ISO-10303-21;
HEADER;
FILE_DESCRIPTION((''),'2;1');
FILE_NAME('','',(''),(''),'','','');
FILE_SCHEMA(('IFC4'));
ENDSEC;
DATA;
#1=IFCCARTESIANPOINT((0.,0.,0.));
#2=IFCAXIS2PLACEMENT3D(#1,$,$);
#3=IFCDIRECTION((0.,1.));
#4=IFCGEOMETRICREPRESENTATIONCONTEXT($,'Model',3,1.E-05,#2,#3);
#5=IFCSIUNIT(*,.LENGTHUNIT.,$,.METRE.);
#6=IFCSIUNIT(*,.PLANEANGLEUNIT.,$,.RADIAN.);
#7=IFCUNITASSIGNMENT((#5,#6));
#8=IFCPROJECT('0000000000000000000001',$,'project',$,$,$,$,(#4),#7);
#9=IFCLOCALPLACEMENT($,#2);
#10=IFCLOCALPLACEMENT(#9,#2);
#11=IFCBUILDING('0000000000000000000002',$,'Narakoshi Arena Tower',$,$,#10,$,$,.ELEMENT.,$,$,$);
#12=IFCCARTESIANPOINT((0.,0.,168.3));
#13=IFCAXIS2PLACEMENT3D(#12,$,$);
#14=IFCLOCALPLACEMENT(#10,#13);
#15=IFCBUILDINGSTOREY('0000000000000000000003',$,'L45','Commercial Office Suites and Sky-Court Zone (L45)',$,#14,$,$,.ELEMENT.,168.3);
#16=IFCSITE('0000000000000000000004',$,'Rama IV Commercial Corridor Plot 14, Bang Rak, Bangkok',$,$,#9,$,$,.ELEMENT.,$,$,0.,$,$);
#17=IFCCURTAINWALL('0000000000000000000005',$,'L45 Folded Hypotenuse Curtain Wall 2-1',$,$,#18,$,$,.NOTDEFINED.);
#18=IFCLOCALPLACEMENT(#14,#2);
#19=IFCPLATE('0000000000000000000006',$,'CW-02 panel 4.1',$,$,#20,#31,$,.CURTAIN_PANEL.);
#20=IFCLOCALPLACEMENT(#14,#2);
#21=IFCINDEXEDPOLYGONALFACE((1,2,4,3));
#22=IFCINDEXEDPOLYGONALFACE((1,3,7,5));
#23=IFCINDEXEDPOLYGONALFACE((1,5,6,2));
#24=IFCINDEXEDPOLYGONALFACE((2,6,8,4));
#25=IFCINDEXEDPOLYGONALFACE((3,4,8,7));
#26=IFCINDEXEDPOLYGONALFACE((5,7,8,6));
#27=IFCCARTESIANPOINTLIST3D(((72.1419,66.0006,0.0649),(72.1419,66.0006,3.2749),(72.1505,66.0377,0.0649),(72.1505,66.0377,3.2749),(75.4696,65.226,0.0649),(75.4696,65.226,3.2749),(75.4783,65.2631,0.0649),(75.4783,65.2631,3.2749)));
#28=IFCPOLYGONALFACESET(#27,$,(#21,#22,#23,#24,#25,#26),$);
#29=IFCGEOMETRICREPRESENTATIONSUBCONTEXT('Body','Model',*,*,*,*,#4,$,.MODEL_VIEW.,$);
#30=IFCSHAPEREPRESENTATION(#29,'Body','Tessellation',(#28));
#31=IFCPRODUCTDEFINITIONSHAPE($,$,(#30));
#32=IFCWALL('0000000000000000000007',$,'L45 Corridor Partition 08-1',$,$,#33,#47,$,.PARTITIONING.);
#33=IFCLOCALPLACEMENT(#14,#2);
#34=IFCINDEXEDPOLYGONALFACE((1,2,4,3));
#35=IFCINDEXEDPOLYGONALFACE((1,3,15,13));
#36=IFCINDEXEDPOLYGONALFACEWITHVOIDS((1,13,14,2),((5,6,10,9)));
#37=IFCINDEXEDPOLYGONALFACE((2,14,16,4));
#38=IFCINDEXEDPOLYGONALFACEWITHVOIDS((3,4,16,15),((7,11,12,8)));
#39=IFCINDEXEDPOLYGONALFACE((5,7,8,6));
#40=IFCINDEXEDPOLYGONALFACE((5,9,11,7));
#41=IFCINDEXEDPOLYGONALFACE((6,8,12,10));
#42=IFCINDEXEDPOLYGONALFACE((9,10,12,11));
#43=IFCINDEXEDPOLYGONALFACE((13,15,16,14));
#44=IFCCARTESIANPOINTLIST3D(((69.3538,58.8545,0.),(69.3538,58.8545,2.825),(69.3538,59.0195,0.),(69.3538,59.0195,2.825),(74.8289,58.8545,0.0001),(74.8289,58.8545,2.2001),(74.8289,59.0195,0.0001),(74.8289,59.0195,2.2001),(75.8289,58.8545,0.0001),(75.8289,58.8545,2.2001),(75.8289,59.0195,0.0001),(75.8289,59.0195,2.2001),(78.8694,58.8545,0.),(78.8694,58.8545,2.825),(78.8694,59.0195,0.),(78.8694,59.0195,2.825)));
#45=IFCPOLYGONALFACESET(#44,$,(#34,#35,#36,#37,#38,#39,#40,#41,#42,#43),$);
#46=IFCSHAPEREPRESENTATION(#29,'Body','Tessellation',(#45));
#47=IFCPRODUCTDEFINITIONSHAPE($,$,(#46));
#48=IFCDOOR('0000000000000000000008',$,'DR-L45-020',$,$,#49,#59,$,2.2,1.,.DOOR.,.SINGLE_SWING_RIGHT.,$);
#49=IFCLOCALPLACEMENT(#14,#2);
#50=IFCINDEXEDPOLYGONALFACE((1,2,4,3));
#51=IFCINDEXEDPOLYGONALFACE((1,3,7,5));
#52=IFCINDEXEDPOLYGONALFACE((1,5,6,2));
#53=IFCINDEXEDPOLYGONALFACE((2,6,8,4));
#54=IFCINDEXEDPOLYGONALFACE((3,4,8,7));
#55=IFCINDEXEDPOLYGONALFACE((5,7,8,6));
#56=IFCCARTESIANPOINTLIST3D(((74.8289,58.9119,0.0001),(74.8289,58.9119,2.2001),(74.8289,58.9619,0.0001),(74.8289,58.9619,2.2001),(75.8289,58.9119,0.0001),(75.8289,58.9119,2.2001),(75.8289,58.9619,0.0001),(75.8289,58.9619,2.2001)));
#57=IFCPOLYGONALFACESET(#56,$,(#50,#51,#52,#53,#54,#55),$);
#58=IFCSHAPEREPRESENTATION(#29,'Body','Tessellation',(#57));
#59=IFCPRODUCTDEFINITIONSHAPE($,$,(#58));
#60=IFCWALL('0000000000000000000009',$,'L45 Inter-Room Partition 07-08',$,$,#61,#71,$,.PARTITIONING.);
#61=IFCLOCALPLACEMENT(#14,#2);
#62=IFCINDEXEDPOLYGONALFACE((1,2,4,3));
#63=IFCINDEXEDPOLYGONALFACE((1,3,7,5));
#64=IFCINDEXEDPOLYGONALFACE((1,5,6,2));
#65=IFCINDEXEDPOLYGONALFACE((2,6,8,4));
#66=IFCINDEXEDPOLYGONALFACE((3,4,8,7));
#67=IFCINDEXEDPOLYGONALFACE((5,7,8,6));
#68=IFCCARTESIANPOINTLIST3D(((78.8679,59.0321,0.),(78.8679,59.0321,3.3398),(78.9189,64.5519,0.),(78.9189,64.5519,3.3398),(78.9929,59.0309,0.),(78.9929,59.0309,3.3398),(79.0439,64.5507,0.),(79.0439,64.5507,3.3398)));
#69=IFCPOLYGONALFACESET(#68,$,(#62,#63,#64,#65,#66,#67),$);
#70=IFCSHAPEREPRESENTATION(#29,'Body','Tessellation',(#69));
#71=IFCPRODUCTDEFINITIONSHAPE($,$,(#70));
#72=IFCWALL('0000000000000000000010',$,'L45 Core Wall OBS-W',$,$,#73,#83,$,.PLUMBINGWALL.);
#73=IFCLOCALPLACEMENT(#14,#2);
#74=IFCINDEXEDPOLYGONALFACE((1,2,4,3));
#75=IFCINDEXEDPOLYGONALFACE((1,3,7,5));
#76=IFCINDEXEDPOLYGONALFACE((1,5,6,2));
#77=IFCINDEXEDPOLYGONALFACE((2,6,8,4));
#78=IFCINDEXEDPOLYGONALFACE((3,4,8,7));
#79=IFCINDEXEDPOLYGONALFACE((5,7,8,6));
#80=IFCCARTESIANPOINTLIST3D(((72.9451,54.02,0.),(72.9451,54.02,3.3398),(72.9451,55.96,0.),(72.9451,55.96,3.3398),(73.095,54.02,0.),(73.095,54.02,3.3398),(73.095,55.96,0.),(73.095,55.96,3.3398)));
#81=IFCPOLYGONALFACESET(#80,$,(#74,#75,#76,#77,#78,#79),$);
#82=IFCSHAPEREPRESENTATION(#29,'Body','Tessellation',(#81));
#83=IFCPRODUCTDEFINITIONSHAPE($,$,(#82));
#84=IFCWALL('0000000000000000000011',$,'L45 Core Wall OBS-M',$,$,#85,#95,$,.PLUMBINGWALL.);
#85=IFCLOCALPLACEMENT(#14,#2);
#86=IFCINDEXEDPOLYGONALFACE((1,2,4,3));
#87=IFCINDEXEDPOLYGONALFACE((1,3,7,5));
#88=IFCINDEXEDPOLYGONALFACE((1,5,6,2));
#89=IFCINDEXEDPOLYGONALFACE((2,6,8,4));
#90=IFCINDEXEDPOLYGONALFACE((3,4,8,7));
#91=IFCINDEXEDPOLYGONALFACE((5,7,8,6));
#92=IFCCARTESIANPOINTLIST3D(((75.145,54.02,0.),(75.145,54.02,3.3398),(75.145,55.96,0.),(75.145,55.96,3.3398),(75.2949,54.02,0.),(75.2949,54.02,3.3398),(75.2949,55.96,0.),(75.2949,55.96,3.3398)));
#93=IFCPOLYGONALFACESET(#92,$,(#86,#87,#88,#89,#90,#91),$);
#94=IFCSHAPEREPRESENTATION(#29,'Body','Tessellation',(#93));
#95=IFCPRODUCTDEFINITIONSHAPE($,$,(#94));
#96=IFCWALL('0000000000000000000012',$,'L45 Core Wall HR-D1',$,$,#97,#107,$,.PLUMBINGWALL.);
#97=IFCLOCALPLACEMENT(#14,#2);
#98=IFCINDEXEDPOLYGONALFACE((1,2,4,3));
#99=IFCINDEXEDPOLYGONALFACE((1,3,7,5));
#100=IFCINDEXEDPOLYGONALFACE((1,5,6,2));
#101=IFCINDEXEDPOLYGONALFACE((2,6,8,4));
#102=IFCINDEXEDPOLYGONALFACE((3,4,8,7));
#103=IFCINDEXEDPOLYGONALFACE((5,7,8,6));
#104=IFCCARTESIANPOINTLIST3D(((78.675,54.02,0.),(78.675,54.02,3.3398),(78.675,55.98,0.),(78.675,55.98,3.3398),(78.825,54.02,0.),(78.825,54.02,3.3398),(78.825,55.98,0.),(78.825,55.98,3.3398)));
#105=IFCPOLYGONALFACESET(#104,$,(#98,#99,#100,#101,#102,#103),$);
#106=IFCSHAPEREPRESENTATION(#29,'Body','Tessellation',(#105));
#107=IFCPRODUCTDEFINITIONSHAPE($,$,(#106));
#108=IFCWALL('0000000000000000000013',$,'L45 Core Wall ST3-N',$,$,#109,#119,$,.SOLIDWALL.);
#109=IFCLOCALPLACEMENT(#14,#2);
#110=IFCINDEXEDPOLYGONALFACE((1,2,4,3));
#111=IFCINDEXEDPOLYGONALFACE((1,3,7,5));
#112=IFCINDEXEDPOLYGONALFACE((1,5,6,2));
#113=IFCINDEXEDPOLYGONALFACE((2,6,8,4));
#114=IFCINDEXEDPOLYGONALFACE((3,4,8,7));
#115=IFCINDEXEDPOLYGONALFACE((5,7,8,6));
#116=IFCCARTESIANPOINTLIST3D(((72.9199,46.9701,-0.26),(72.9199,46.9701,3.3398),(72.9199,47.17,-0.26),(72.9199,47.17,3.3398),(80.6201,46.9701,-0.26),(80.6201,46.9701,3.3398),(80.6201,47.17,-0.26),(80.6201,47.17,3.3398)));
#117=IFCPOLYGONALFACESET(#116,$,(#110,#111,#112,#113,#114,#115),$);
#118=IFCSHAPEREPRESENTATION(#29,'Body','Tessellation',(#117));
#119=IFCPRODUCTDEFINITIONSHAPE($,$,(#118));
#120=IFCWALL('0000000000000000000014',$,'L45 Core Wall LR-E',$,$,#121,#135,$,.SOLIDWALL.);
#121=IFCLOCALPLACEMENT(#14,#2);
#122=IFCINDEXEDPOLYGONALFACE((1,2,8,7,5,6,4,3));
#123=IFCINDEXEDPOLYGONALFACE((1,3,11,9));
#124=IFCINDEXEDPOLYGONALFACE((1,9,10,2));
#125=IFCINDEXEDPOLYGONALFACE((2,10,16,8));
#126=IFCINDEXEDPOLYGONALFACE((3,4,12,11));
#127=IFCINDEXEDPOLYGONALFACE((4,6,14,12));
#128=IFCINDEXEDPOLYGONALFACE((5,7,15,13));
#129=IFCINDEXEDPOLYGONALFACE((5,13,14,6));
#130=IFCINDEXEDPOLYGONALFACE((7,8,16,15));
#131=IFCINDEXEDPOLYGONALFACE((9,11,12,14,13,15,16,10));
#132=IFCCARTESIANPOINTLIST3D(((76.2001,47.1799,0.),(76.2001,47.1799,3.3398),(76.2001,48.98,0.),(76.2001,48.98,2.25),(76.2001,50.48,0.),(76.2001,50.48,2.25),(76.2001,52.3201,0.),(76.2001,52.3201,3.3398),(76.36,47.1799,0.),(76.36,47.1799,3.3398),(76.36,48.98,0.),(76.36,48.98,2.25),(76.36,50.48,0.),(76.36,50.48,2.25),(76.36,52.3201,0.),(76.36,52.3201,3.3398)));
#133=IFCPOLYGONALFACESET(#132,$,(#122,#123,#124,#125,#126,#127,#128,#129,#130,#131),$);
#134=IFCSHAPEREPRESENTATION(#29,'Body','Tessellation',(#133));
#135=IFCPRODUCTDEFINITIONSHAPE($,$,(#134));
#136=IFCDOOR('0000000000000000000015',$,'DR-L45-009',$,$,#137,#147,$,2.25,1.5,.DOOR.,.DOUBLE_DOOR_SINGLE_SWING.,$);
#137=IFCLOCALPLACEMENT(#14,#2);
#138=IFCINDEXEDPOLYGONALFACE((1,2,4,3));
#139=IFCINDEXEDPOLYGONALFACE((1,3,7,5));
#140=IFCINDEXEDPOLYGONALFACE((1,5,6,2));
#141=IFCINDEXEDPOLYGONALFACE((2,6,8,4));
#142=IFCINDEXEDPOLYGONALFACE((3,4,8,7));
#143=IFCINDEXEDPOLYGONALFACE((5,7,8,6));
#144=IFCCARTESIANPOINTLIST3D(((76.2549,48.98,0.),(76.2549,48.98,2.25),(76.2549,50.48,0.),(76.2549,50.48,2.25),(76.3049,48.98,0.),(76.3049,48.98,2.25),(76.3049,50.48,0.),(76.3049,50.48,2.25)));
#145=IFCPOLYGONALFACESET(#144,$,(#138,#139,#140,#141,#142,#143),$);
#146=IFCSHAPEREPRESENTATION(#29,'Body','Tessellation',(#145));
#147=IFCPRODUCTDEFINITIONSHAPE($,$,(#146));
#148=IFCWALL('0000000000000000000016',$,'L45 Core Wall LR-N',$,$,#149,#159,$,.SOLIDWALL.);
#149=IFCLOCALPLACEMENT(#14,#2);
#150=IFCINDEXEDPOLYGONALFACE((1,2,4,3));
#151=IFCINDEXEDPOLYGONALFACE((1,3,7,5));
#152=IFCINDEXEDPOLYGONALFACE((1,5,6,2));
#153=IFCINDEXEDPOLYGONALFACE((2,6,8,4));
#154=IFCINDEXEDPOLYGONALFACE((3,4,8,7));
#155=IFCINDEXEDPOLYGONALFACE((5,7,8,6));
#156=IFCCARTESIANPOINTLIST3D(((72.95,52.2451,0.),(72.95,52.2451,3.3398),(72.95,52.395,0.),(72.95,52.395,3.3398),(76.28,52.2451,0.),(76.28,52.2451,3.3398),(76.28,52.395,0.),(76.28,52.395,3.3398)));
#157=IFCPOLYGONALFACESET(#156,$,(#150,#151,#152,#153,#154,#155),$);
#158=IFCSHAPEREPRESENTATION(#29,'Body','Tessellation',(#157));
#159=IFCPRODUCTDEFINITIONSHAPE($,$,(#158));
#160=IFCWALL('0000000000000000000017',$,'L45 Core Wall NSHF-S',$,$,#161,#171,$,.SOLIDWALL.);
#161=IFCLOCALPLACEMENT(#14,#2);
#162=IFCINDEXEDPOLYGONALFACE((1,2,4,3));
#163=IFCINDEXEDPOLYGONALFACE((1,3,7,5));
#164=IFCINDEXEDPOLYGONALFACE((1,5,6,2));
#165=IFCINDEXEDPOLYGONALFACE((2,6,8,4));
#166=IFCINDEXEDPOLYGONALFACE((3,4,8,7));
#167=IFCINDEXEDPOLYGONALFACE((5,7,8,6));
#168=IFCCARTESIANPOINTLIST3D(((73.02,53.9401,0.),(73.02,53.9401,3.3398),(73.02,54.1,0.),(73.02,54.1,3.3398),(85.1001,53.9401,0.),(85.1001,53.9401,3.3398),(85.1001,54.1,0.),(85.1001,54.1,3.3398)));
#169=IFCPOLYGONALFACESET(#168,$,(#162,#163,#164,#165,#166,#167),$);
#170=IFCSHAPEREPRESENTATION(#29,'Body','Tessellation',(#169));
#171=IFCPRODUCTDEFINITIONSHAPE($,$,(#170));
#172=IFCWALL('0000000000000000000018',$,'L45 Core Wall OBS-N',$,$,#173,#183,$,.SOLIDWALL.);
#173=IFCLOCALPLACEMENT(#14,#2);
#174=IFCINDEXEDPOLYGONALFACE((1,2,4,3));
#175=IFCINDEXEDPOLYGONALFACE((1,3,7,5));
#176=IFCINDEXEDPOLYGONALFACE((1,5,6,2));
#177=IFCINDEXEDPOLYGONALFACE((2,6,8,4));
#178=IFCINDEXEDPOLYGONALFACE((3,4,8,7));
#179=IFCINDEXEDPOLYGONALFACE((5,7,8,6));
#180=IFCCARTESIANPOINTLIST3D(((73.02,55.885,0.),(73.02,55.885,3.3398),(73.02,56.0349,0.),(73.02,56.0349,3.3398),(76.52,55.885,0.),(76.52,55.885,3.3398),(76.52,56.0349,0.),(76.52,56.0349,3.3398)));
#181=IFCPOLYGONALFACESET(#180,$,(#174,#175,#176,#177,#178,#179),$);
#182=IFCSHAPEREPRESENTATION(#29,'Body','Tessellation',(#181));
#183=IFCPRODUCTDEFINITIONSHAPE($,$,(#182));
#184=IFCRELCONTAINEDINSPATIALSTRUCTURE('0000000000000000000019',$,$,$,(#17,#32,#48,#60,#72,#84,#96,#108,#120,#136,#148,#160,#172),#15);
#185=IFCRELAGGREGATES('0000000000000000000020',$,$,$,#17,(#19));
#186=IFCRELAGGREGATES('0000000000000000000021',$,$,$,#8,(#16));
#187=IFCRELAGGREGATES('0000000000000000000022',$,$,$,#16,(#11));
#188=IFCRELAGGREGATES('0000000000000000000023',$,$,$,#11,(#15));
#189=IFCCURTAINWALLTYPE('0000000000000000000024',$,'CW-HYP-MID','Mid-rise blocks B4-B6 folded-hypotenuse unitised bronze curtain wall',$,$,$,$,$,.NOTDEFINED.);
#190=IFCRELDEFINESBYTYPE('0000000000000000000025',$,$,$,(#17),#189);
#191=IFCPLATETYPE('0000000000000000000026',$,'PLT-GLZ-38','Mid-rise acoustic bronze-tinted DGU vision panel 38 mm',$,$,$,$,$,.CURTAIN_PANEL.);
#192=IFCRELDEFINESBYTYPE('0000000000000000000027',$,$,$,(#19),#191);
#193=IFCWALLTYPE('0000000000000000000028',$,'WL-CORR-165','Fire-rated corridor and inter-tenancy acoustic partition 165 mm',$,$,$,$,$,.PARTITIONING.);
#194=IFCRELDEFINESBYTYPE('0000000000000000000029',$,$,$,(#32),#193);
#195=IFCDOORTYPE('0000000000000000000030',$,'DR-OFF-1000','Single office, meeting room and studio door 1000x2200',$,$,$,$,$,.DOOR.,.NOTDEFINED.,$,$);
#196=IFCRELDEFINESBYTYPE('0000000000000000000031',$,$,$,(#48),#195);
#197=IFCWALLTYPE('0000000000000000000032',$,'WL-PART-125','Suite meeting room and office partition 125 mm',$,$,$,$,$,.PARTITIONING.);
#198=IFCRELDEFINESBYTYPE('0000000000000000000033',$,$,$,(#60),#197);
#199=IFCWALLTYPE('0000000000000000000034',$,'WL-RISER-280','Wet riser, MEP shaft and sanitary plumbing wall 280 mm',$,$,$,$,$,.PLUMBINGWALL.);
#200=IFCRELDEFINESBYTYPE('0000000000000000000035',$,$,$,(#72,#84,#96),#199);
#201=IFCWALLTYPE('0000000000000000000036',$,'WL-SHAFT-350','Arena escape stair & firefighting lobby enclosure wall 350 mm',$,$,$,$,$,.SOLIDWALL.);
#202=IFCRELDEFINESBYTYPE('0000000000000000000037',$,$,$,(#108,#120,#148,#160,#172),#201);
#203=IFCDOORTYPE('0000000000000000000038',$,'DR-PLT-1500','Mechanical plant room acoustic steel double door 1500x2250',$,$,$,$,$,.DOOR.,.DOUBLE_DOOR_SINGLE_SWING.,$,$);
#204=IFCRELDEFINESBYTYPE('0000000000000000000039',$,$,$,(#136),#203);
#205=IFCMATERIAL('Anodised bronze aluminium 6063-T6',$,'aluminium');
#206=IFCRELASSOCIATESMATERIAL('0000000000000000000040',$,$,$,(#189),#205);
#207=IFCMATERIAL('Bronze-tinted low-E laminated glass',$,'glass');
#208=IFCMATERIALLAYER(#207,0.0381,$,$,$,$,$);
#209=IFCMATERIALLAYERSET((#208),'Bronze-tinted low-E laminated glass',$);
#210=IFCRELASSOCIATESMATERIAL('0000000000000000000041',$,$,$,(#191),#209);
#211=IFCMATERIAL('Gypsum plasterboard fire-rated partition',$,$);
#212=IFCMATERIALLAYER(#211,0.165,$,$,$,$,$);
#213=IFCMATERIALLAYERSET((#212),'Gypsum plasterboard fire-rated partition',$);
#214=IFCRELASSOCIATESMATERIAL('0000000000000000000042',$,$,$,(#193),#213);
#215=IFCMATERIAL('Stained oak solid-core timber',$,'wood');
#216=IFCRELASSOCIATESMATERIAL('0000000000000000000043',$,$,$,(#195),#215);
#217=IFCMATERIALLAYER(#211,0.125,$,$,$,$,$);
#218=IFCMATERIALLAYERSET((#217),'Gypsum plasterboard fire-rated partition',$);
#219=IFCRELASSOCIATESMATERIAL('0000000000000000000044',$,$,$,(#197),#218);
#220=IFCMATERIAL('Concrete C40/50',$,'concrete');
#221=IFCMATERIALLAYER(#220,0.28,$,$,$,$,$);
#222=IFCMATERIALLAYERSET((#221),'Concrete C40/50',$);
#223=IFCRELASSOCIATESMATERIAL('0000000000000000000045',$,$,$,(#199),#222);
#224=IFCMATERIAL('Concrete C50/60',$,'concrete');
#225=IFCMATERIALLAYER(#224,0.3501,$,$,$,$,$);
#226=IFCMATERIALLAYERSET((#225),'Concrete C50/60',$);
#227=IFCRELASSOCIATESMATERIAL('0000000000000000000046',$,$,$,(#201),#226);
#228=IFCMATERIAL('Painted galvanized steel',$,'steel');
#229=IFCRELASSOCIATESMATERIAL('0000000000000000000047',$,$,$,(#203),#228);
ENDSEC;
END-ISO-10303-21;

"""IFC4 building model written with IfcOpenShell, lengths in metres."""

from ifc_helpers import new_model, si_unit, direction, frame, frame_2d, origin, origin_2d, place, context, subcontext, project, spatial, rectangle, extrude, material, layer, layer_set, type_object, element, fill, aggregate, save


model = new_model("IFC4")

# Units and contexts
model_context = context("Model", 3, precision=1e-05, world=origin(), true_north=direction((0.0, 1.0)))
body_context = subcontext(model_context, "Body", "Model", "MODEL_VIEW")
ifc_project = project(units=[si_unit("LENGTHUNIT", "METRE"), si_unit("PLANEANGLEUNIT", "RADIAN")], contexts=[model_context])

# Site, building, storey
site_placement = place(None, origin())
site = spatial("IfcSite", under=ifc_project, at=site_placement, Name="Rama IV Commercial Corridor Plot 14, Bang Rak, Bangkok", CompositionType="ELEMENT", RefElevation=0.0)
building_placement = place(site_placement, origin())
building = spatial("IfcBuilding", under=site, at=building_placement, Name="Narakoshi Arena Tower", CompositionType="ELEMENT")
storey_placement = place(building_placement, frame((0.0, 0.0, 168.3)))
storey = spatial("IfcBuildingStorey", under=building, at=storey_placement, Name="L45", Description="Commercial Office Suites and Sky-Court Zone (L45)", CompositionType="ELEMENT", Elevation=168.3)

# Curtain wall, plate
ifc_material_1 = material(Name="Anodised bronze aluminium 6063-T6", Category="aluminium")
curtain_wall_type = type_object("IfcCurtainWallType", Name="CW-HYP-MID", Description="Mid-rise blocks B4-B6 folded-hypotenuse unitised bronze curtain wall", PredefinedType="NOTDEFINED", material=ifc_material_1)
curtain_wall_placement = place(storey_placement, origin())
curtain_wall = element("IfcCurtainWall", 1, at=curtain_wall_placement, inside=storey, type_object=curtain_wall_type, Name="L45 Folded Hypotenuse Curtain Wall 2-1", PredefinedType="NOTDEFINED")
ifc_material_2 = material(Name="Bronze-tinted low-E laminated glass", Category="glass")
ifc_layer_1 = layer(ifc_material_2, 0.0381)
ifc_layer_set_1 = layer_set([ifc_layer_1], Name="Bronze-tinted low-E laminated glass")
plate_type = type_object("IfcPlateType", Name="PLT-GLZ-38", Description="Mid-rise acoustic bronze-tinted DGU vision panel 38 mm", PredefinedType="CURTAIN_PANEL", material=ifc_layer_set_1)
plate_1_placement = place(storey_placement, frame((73.8101, 65.6318, 0.0649), z_axis=(0.0, 0.0, 1.0), x_axis=(-0.97396, 0.226721, 0.0)))
plate_1 = element("IfcPlate", 2, at=plate_1_placement, type_object=plate_type, Name="CW-02 panel 4.1", PredefinedType="CURTAIN_PANEL", context=body_context, shape_type="SweptSolid", body=[
    extrude(rectangle(XDim=3.4167, YDim=0.0381, at=origin_2d()), origin(), (0.0, 0.0, 1.0), 3.21),
])
aggregate(curtain_wall, [plate_1])

# Wall, opening, door
ifc_material_3 = material(Name="Gypsum plasterboard fire-rated partition")
ifc_layer_2 = layer(ifc_material_3, 0.165)
ifc_layer_set_2 = layer_set([ifc_layer_2], Name="Gypsum plasterboard fire-rated partition")
wall_type_1 = type_object("IfcWallType", Name="WL-CORR-165", Description="Fire-rated corridor and inter-tenancy acoustic partition 165 mm", PredefinedType="PARTITIONING", material=ifc_layer_set_2)
wall_1_placement = place(storey_placement, frame((78.8694, 58.937, 0.0), z_axis=(0.0, 0.0, 1.0), x_axis=(-1.0, 0.0, 0.0)))
wall_1 = element("IfcWall", 3, at=wall_1_placement, inside=storey, type_object=wall_type_1, Name="L45 Corridor Partition 08-1", PredefinedType="PARTITIONING", context=body_context, shape_type="SweptSolid", body=[
    extrude(rectangle(XDim=9.5156, YDim=0.165, at=frame_2d((4.7578, 0.0))), origin(), (0.0, 0.0, 1.0), 2.825),
])
opening_1_placement = place(wall_1_placement, frame((3.0405, 0.0, 0.0)))
opening_1 = element("IfcOpeningElement", 4, at=opening_1_placement, cuts=wall_1, PredefinedType="OPENING", context=body_context, shape_type="SweptSolid", body=[
    extrude(rectangle(XDim=1.0, YDim=2.2, at=frame_2d((0.5, 1.1001))), frame((0.0, 0.0925, 0.0), z_axis=(0.0, -1.0, 0.0), x_axis=(1.0, 0.0, 0.0)), (0.0, 0.0, 1.0), 0.1851),
])
ifc_material_4 = material(Name="Stained oak solid-core timber", Category="wood")
door_type_1 = type_object("IfcDoorType", Name="DR-OFF-1000", Description="Single office, meeting room and studio door 1000x2200", OperationType="NOTDEFINED", PredefinedType="DOOR", material=ifc_material_4)
door_1_placement = place(opening_1_placement, frame((1.0, 0.0, 0.0), z_axis=(0.0, 0.0, 1.0), x_axis=(-1.0, 0.0, 0.0)))
door_1 = element("IfcDoor", 5, at=door_1_placement, inside=storey, type_object=door_type_1, Name="DR-L45-020", OperationType="SINGLE_SWING_RIGHT", OverallHeight=2.2, OverallWidth=1.0, PredefinedType="DOOR", context=body_context, shape_type="SweptSolid", body=[
    extrude(rectangle(XDim=1.0, YDim=2.2, at=frame_2d((0.5, 1.1001))), frame((0.0, 0.0249, 0.0), z_axis=(0.0, -1.0, 0.0), x_axis=(1.0, 0.0, 0.0)), (0.0, 0.0, 1.0), 0.05),
])
fill(opening_1, door_1)

# Walls
ifc_layer_3 = layer(ifc_material_3, 0.125)
ifc_layer_set_3 = layer_set([ifc_layer_3], Name="Gypsum plasterboard fire-rated partition")
wall_type_2 = type_object("IfcWallType", Name="WL-PART-125", Description="Suite meeting room and office partition 125 mm", PredefinedType="PARTITIONING", material=ifc_layer_set_3)
wall_2_placement = place(storey_placement, frame((78.9304, 59.0315, 0.0), z_axis=(0.0, 0.0, 1.0), x_axis=(0.009244, 0.999957, 0.0)))
element("IfcWall", 6, at=wall_2_placement, inside=storey, type_object=wall_type_2, Name="L45 Inter-Room Partition 07-08", PredefinedType="PARTITIONING", context=body_context, shape_type="SweptSolid", body=[
    extrude(rectangle(XDim=5.52, YDim=0.125, at=frame_2d((2.76, 0.0))), origin(), (0.0, 0.0, 1.0), 3.3398),
])
ifc_material_5 = material(Name="Concrete C40/50", Category="concrete")
ifc_layer_4 = layer(ifc_material_5, 0.28)
ifc_layer_set_4 = layer_set([ifc_layer_4], Name="Concrete C40/50")
wall_type_3 = type_object("IfcWallType", Name="WL-RISER-280", Description="Wet riser, MEP shaft and sanitary plumbing wall 280 mm", PredefinedType="PLUMBINGWALL", material=ifc_layer_set_4)
for number, where, z_axis, x_axis, name in (
    (7, (73.02, 54.02, 0.0), (0.0, 0.0, 1.0), (0.0, 1.0, 0.0), "L45 Core Wall OBS-W"),
    (8, (75.22, 54.02, 0.0), (0.0, 0.0, 1.0), (0.0, 1.0, 0.0), "L45 Core Wall OBS-M"),
):
    element("IfcWall", number, at=place(storey_placement, frame(where, z_axis=z_axis, x_axis=x_axis)), inside=storey, type_object=wall_type_3, Name=name, PredefinedType="PLUMBINGWALL", context=body_context, shape_type="SweptSolid", body=[
        extrude(rectangle(XDim=1.9399, YDim=0.1499, at=frame_2d((0.97, 0.0))), origin(), (0.0, 0.0, 1.0), 3.3398),
    ])
wall_3_placement = place(storey_placement, frame((78.75, 54.02, 0.0), z_axis=(0.0, 0.0, 1.0), x_axis=(0.0, 1.0, 0.0)))
element("IfcWall", 9, at=wall_3_placement, inside=storey, type_object=wall_type_3, Name="L45 Core Wall HR-D1", PredefinedType="PLUMBINGWALL", context=body_context, shape_type="SweptSolid", body=[
    extrude(rectangle(XDim=1.96, YDim=0.1499, at=frame_2d((0.98, 0.0))), origin(), (0.0, 0.0, 1.0), 3.3398),
])
ifc_material_6 = material(Name="Concrete C50/60", Category="concrete")
ifc_layer_5 = layer(ifc_material_6, 0.3501)
ifc_layer_set_5 = layer_set([ifc_layer_5], Name="Concrete C50/60")
wall_type_4 = type_object("IfcWallType", Name="WL-SHAFT-350", Description="Arena escape stair & firefighting lobby enclosure wall 350 mm", PredefinedType="SOLIDWALL", material=ifc_layer_set_5)
wall_4_placement = place(storey_placement, frame((72.9199, 47.0701, -0.26), z_axis=(0.0, 0.0, 1.0), x_axis=(1.0, 0.0, 0.0)))
element("IfcWall", 10, at=wall_4_placement, inside=storey, type_object=wall_type_4, Name="L45 Core Wall ST3-N", PredefinedType="SOLIDWALL", context=body_context, shape_type="SweptSolid", body=[
    extrude(rectangle(XDim=7.7002, YDim=0.2, at=frame_2d((3.8501, 0.0))), origin(), (0.0, 0.0, 1.0), 3.5999),
])

# Wall, opening, door
wall_5_placement = place(storey_placement, frame((76.28, 47.1799, 0.0), z_axis=(0.0, 0.0, 1.0), x_axis=(0.0, 1.0, 0.0)))
wall_5 = element("IfcWall", 11, at=wall_5_placement, inside=storey, type_object=wall_type_4, Name="L45 Core Wall LR-E", PredefinedType="SOLIDWALL", context=body_context, shape_type="SweptSolid", body=[
    extrude(rectangle(XDim=5.1401, YDim=0.1599, at=frame_2d((2.5701, 0.0))), origin(), (0.0, 0.0, 1.0), 3.3398),
])
opening_2_placement = place(wall_5_placement, frame((1.8, 0.0, 0.0)))
opening_2 = element("IfcOpeningElement", 12, at=opening_2_placement, cuts=wall_5, PredefinedType="OPENING", context=body_context, shape_type="SweptSolid", body=[
    extrude(rectangle(XDim=1.5, YDim=2.25, at=frame_2d((0.75, 1.125))), frame((0.0, 0.0898, 0.0), z_axis=(0.0, -1.0, 0.0), x_axis=(1.0, 0.0, 0.0)), (0.0, 0.0, 1.0), 0.1799),
])
ifc_material_7 = material(Name="Painted galvanized steel", Category="steel")
door_type_2 = type_object("IfcDoorType", Name="DR-PLT-1500", Description="Mechanical plant room acoustic steel double door 1500x2250", OperationType="DOUBLE_DOOR_SINGLE_SWING", PredefinedType="DOOR", material=ifc_material_7)
door_2_placement = place(opening_2_placement, frame((1.5, 0.0, 0.0), z_axis=(0.0, 0.0, 1.0), x_axis=(-1.0, 0.0, 0.0)))
door_2 = element("IfcDoor", 13, at=door_2_placement, inside=storey, type_object=door_type_2, Name="DR-L45-009", OperationType="DOUBLE_DOOR_SINGLE_SWING", OverallHeight=2.25, OverallWidth=1.5, PredefinedType="DOOR", context=body_context, shape_type="SweptSolid", body=[
    extrude(rectangle(XDim=1.5, YDim=2.25, at=frame_2d((0.75, 1.125))), frame((0.0, 0.0249, 0.0), z_axis=(0.0, -1.0, 0.0), x_axis=(1.0, 0.0, 0.0)), (0.0, 0.0, 1.0), 0.05),
])
fill(opening_2, door_2)

# Walls
wall_6_placement = place(storey_placement, frame((72.95, 52.3201, 0.0), z_axis=(0.0, 0.0, 1.0), x_axis=(1.0, 0.0, 0.0)))
element("IfcWall", 14, at=wall_6_placement, inside=storey, type_object=wall_type_4, Name="L45 Core Wall LR-N", PredefinedType="SOLIDWALL", context=body_context, shape_type="SweptSolid", body=[
    extrude(rectangle(XDim=3.3301, YDim=0.1499, at=frame_2d((1.665, 0.0))), origin(), (0.0, 0.0, 1.0), 3.3398),
])
wall_7_placement = place(storey_placement, frame((73.02, 54.02, 0.0), z_axis=(0.0, 0.0, 1.0), x_axis=(1.0, 0.0, 0.0)))
element("IfcWall", 15, at=wall_7_placement, inside=storey, type_object=wall_type_4, Name="L45 Core Wall NSHF-S", PredefinedType="SOLIDWALL", context=body_context, shape_type="SweptSolid", body=[
    extrude(rectangle(XDim=12.0801, YDim=0.1599, at=frame_2d((6.04, 0.0))), origin(), (0.0, 0.0, 1.0), 3.3398),
])
wall_8_placement = place(storey_placement, frame((73.02, 55.96, 0.0), z_axis=(0.0, 0.0, 1.0), x_axis=(1.0, 0.0, 0.0)))
element("IfcWall", 16, at=wall_8_placement, inside=storey, type_object=wall_type_4, Name="L45 Core Wall OBS-N", PredefinedType="SOLIDWALL", context=body_context, shape_type="SweptSolid", body=[
    extrude(rectangle(XDim=3.5, YDim=0.1499, at=frame_2d((1.75, 0.0))), origin(), (0.0, 0.0, 1.0), 3.3398),
])

save(model, "model.ifc")
